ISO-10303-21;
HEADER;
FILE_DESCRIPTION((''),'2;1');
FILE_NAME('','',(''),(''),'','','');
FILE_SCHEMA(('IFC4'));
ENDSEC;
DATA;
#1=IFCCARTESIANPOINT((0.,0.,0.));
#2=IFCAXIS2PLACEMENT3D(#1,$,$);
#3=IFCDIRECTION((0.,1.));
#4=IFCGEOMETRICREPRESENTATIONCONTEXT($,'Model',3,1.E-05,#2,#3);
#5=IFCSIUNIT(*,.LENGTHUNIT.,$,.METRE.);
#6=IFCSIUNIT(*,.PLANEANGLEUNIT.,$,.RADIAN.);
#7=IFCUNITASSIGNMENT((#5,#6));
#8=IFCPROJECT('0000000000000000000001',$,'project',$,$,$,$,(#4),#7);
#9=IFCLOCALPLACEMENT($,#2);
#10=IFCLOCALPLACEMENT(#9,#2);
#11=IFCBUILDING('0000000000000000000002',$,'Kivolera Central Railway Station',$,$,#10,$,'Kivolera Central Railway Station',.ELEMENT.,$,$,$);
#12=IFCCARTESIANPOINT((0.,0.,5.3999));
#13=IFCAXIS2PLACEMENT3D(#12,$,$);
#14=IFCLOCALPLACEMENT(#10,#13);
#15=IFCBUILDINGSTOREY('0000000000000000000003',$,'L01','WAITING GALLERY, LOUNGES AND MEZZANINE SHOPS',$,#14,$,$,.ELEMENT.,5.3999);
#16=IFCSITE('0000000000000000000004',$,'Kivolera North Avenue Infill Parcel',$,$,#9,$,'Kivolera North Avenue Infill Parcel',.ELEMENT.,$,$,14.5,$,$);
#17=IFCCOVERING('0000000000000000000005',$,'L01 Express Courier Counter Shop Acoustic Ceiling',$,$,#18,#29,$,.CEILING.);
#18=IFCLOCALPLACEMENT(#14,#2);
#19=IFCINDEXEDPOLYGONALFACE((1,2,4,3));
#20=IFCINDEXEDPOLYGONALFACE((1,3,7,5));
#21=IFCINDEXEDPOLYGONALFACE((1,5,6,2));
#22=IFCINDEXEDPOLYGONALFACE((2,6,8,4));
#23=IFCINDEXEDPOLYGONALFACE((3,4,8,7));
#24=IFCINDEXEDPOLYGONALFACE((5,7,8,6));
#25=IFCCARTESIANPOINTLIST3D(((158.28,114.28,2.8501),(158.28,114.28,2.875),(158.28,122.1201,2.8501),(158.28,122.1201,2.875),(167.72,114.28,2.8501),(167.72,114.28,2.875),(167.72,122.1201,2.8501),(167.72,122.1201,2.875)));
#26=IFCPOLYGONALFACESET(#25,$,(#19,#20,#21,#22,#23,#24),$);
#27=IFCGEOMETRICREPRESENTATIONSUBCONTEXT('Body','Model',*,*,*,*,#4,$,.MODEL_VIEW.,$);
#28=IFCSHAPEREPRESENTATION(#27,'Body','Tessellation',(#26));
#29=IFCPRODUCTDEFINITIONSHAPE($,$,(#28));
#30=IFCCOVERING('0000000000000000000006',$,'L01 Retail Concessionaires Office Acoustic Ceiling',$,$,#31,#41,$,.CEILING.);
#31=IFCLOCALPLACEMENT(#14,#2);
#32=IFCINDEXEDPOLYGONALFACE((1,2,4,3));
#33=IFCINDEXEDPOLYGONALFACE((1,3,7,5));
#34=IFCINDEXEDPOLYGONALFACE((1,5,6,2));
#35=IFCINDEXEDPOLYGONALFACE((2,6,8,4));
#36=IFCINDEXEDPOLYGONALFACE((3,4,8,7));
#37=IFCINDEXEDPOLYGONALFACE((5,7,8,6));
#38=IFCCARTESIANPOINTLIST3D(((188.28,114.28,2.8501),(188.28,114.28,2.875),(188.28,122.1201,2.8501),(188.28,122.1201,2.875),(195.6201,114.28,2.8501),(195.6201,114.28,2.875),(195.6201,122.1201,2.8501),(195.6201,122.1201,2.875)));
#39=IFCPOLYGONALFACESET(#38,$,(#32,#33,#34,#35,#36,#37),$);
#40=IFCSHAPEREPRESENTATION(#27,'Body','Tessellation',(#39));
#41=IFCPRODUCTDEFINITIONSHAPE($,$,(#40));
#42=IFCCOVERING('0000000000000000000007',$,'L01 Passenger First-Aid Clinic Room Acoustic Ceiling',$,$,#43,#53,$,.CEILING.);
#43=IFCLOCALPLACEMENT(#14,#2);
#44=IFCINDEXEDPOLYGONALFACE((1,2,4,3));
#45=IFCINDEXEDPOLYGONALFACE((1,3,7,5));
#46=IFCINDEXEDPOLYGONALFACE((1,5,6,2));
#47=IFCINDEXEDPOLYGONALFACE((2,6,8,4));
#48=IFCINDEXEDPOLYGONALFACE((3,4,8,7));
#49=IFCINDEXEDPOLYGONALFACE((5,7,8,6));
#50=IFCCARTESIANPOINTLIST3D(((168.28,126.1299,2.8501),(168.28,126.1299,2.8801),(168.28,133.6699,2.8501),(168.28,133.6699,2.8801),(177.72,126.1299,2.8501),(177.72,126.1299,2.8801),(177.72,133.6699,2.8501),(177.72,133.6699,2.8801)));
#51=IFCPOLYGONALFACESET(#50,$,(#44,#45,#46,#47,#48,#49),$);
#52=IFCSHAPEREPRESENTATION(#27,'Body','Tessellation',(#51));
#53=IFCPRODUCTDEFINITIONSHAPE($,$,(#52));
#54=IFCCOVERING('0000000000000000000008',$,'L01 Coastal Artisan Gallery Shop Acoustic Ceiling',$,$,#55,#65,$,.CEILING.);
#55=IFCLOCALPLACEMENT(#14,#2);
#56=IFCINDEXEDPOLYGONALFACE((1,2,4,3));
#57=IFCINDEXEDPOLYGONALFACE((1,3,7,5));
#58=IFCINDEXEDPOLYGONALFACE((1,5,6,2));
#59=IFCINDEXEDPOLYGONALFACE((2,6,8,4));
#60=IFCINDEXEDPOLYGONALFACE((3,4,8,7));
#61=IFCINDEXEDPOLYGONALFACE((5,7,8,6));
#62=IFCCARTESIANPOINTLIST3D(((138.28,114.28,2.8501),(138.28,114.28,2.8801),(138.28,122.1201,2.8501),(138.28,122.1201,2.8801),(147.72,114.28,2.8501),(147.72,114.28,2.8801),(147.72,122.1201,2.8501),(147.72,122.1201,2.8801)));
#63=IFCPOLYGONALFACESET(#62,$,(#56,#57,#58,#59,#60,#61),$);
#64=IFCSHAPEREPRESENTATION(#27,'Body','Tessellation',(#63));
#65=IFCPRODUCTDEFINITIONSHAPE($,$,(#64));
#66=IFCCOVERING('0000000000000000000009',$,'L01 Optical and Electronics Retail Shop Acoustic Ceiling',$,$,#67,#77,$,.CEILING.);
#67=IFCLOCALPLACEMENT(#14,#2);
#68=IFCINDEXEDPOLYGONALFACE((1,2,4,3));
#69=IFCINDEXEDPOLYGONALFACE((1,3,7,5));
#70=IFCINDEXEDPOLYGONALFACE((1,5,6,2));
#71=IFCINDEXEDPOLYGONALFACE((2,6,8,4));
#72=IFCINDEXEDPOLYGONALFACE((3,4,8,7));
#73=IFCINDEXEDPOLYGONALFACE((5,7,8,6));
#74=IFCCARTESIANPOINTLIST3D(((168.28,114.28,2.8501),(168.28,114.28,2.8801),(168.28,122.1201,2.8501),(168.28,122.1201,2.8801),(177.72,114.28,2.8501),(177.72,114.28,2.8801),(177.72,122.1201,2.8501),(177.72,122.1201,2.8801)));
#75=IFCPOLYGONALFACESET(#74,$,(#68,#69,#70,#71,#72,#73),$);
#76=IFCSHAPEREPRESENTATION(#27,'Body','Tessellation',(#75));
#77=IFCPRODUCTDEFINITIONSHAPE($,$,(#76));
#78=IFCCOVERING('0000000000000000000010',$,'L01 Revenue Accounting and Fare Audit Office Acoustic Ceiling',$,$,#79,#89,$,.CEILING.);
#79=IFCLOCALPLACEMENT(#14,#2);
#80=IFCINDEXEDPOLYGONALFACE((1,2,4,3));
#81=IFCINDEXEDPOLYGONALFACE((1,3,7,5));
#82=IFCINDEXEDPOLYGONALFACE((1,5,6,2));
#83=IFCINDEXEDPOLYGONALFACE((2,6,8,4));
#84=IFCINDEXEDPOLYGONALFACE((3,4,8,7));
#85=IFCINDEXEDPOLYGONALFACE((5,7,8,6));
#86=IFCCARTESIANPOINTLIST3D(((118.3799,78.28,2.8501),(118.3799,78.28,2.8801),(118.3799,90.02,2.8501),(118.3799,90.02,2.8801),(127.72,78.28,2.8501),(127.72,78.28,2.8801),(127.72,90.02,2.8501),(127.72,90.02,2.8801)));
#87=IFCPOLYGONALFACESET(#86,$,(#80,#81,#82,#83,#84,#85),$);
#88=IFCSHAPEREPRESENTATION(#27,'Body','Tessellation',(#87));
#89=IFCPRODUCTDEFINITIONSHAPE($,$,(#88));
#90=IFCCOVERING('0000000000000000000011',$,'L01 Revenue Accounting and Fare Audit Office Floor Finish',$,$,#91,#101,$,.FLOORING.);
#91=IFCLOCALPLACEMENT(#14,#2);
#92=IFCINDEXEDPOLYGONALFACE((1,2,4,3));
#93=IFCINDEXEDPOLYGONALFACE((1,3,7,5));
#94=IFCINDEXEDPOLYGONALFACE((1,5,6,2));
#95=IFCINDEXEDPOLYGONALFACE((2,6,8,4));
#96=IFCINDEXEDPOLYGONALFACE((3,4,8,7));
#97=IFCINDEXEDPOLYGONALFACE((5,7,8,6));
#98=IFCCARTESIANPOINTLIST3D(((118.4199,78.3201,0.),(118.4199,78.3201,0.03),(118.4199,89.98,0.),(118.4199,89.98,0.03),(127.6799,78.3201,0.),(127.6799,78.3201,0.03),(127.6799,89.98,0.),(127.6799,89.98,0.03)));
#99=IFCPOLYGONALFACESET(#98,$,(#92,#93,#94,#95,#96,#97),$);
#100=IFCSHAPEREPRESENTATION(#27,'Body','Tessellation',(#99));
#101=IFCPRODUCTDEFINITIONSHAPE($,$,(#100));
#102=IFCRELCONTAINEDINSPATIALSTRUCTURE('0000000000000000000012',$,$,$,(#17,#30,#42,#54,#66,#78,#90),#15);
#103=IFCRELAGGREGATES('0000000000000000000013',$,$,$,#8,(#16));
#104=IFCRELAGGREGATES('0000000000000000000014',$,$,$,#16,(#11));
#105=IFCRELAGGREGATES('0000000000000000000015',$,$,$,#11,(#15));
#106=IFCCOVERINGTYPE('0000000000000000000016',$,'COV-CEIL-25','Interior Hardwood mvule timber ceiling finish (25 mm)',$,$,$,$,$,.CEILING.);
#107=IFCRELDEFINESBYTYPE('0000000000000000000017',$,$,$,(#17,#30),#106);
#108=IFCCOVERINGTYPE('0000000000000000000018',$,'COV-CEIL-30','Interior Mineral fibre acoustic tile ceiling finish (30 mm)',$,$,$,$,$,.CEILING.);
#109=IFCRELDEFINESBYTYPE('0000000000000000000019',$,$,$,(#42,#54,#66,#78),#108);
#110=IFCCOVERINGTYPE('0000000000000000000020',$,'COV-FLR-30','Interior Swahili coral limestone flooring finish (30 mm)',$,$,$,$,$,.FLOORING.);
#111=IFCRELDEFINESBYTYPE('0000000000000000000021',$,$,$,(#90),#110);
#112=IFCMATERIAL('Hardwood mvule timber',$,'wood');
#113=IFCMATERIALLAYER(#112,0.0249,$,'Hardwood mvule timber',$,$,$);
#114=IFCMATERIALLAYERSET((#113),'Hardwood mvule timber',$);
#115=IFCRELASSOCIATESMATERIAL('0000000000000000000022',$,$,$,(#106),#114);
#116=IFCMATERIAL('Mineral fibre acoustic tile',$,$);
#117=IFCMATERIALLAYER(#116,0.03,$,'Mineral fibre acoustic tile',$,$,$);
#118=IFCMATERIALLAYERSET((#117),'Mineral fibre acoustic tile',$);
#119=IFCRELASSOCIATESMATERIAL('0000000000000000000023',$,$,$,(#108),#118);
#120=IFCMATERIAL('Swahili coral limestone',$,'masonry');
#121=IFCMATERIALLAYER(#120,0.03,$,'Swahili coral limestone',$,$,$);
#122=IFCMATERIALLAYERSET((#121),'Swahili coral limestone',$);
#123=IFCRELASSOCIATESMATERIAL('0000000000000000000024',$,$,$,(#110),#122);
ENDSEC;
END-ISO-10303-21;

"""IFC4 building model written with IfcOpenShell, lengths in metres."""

from ifc_helpers import new_model, si_unit, direction, frame, origin, place, context, subcontext, project, spatial, polyline, outline, extrude, material, layer, layer_set, type_object, element, save


model = new_model("IFC4")

# Units and contexts
model_context = context("Model", 3, precision=1e-05, world=origin(), true_north=direction((0.0, 1.0)))
body_context = subcontext(model_context, "Body", "Model", "MODEL_VIEW")
ifc_project = project(units=[si_unit("LENGTHUNIT", "METRE"), si_unit("PLANEANGLEUNIT", "RADIAN")], contexts=[model_context])

# Site, building, storey
site_placement = place(None, origin())
site = spatial("IfcSite", under=ifc_project, at=site_placement, Name="Kivolera North Avenue Infill Parcel", LongName="Kivolera North Avenue Infill Parcel", CompositionType="ELEMENT", RefElevation=14.5)
building_placement = place(site_placement, origin())
building = spatial("IfcBuilding", under=site, at=building_placement, Name="Kivolera Central Railway Station", LongName="Kivolera Central Railway Station", CompositionType="ELEMENT")
storey_placement = place(building_placement, frame((0.0, 0.0, 5.3999)))
storey = spatial("IfcBuildingStorey", under=building, at=storey_placement, Name="L01", Description="WAITING GALLERY, LOUNGES AND MEZZANINE SHOPS", CompositionType="ELEMENT", Elevation=5.3999)

# Coverings
ifc_material_1 = material(Name="Mineral fibre acoustic tile")
ifc_material_2 = material(Name="Hardwood mvule timber", Category="wood")
ifc_layer_1 = layer(ifc_material_2, 0.0249, Name="Hardwood mvule timber")
ifc_layer_set_1 = layer_set([ifc_layer_1], Name="Hardwood mvule timber")
covering_type_1 = type_object("IfcCoveringType", Name="COV-CEIL-25", Description="Interior Hardwood mvule timber ceiling finish (25 mm)", PredefinedType="CEILING", material=ifc_layer_set_1)
covering_1_placement = place(storey_placement, frame((0.0, 0.0, 2.8501)))
element("IfcCovering", 1, at=covering_1_placement, inside=storey, type_object=covering_type_1, Name="L01 Express Courier Counter Shop Acoustic Ceiling", PredefinedType="CEILING", context=body_context, shape_type="SweptSolid", body=[
    extrude(outline(polyline([(158.28, 114.28), (167.72, 114.28), (167.72, 122.1201), (158.28, 122.1201), (158.28, 114.28)])), origin(), (0.0, 0.0, 1.0), 0.0249),
])
covering_2_placement = place(storey_placement, frame((0.0, 0.0, 2.8501)))
element("IfcCovering", 2, at=covering_2_placement, inside=storey, type_object=covering_type_1, Name="L01 Retail Concessionaires Office Acoustic Ceiling", PredefinedType="CEILING", context=body_context, shape_type="SweptSolid", body=[
    extrude(outline(polyline([(188.28, 114.28), (195.6201, 114.28), (195.6201, 122.1201), (188.28, 122.1201), (188.28, 114.28)])), origin(), (0.0, 0.0, 1.0), 0.0249),
])
ifc_layer_2 = layer(ifc_material_1, 0.03, Name="Mineral fibre acoustic tile")
ifc_layer_set_2 = layer_set([ifc_layer_2], Name="Mineral fibre acoustic tile")
covering_type_2 = type_object("IfcCoveringType", Name="COV-CEIL-30", Description="Interior Mineral fibre acoustic tile ceiling finish (30 mm)", PredefinedType="CEILING", material=ifc_layer_set_2)
covering_3_placement = place(storey_placement, frame((0.0, 0.0, 2.8501)))
element("IfcCovering", 3, at=covering_3_placement, inside=storey, type_object=covering_type_2, Name="L01 Passenger First-Aid Clinic Room Acoustic Ceiling", PredefinedType="CEILING", context=body_context, shape_type="SweptSolid", body=[
    extrude(outline(polyline([(168.28, 126.1299), (177.72, 126.1299), (177.72, 133.6699), (168.28, 133.6699), (168.28, 126.1299)])), origin(), (0.0, 0.0, 1.0), 0.03),
])
covering_4_placement = place(storey_placement, frame((0.0, 0.0, 2.8501)))
element("IfcCovering", 4, at=covering_4_placement, inside=storey, type_object=covering_type_2, Name="L01 Coastal Artisan Gallery Shop Acoustic Ceiling", PredefinedType="CEILING", context=body_context, shape_type="SweptSolid", body=[
    extrude(outline(polyline([(138.28, 114.28), (147.72, 114.28), (147.72, 122.1201), (138.28, 122.1201), (138.28, 114.28)])), origin(), (0.0, 0.0, 1.0), 0.03),
])
covering_5_placement = place(storey_placement, frame((0.0, 0.0, 2.8501)))
element("IfcCovering", 5, at=covering_5_placement, inside=storey, type_object=covering_type_2, Name="L01 Optical and Electronics Retail Shop Acoustic Ceiling", PredefinedType="CEILING", context=body_context, shape_type="SweptSolid", body=[
    extrude(outline(polyline([(168.28, 114.28), (177.72, 114.28), (177.72, 122.1201), (168.28, 122.1201), (168.28, 114.28)])), origin(), (0.0, 0.0, 1.0), 0.03),
])
covering_6_placement = place(storey_placement, frame((0.0, 0.0, 2.8501)))
element("IfcCovering", 6, at=covering_6_placement, inside=storey, type_object=covering_type_2, Name="L01 Revenue Accounting and Fare Audit Office Acoustic Ceiling", PredefinedType="CEILING", context=body_context, shape_type="SweptSolid", body=[
    extrude(outline(polyline([(118.3799, 78.28), (127.72, 78.28), (127.72, 90.02), (118.3799, 90.02), (118.3799, 78.28)])), origin(), (0.0, 0.0, 1.0), 0.03),
])
ifc_material_3 = material(Name="Swahili coral limestone", Category="masonry")
ifc_layer_3 = layer(ifc_material_3, 0.03, Name="Swahili coral limestone")
ifc_layer_set_3 = layer_set([ifc_layer_3], Name="Swahili coral limestone")
covering_type_3 = type_object("IfcCoveringType", Name="COV-FLR-30", Description="Interior Swahili coral limestone flooring finish (30 mm)", PredefinedType="FLOORING", material=ifc_layer_set_3)
covering_7_placement = place(storey_placement, origin())
element("IfcCovering", 7, at=covering_7_placement, inside=storey, type_object=covering_type_3, Name="L01 Revenue Accounting and Fare Audit Office Floor Finish", PredefinedType="FLOORING", context=body_context, shape_type="SweptSolid", body=[
    extrude(outline(polyline([(118.4199, 78.3201), (127.6799, 78.3201), (127.6799, 89.98), (118.4199, 89.98), (118.4199, 78.3201)])), origin(), (0.0, 0.0, 1.0), 0.03),
])

save(model, "model.ifc")
